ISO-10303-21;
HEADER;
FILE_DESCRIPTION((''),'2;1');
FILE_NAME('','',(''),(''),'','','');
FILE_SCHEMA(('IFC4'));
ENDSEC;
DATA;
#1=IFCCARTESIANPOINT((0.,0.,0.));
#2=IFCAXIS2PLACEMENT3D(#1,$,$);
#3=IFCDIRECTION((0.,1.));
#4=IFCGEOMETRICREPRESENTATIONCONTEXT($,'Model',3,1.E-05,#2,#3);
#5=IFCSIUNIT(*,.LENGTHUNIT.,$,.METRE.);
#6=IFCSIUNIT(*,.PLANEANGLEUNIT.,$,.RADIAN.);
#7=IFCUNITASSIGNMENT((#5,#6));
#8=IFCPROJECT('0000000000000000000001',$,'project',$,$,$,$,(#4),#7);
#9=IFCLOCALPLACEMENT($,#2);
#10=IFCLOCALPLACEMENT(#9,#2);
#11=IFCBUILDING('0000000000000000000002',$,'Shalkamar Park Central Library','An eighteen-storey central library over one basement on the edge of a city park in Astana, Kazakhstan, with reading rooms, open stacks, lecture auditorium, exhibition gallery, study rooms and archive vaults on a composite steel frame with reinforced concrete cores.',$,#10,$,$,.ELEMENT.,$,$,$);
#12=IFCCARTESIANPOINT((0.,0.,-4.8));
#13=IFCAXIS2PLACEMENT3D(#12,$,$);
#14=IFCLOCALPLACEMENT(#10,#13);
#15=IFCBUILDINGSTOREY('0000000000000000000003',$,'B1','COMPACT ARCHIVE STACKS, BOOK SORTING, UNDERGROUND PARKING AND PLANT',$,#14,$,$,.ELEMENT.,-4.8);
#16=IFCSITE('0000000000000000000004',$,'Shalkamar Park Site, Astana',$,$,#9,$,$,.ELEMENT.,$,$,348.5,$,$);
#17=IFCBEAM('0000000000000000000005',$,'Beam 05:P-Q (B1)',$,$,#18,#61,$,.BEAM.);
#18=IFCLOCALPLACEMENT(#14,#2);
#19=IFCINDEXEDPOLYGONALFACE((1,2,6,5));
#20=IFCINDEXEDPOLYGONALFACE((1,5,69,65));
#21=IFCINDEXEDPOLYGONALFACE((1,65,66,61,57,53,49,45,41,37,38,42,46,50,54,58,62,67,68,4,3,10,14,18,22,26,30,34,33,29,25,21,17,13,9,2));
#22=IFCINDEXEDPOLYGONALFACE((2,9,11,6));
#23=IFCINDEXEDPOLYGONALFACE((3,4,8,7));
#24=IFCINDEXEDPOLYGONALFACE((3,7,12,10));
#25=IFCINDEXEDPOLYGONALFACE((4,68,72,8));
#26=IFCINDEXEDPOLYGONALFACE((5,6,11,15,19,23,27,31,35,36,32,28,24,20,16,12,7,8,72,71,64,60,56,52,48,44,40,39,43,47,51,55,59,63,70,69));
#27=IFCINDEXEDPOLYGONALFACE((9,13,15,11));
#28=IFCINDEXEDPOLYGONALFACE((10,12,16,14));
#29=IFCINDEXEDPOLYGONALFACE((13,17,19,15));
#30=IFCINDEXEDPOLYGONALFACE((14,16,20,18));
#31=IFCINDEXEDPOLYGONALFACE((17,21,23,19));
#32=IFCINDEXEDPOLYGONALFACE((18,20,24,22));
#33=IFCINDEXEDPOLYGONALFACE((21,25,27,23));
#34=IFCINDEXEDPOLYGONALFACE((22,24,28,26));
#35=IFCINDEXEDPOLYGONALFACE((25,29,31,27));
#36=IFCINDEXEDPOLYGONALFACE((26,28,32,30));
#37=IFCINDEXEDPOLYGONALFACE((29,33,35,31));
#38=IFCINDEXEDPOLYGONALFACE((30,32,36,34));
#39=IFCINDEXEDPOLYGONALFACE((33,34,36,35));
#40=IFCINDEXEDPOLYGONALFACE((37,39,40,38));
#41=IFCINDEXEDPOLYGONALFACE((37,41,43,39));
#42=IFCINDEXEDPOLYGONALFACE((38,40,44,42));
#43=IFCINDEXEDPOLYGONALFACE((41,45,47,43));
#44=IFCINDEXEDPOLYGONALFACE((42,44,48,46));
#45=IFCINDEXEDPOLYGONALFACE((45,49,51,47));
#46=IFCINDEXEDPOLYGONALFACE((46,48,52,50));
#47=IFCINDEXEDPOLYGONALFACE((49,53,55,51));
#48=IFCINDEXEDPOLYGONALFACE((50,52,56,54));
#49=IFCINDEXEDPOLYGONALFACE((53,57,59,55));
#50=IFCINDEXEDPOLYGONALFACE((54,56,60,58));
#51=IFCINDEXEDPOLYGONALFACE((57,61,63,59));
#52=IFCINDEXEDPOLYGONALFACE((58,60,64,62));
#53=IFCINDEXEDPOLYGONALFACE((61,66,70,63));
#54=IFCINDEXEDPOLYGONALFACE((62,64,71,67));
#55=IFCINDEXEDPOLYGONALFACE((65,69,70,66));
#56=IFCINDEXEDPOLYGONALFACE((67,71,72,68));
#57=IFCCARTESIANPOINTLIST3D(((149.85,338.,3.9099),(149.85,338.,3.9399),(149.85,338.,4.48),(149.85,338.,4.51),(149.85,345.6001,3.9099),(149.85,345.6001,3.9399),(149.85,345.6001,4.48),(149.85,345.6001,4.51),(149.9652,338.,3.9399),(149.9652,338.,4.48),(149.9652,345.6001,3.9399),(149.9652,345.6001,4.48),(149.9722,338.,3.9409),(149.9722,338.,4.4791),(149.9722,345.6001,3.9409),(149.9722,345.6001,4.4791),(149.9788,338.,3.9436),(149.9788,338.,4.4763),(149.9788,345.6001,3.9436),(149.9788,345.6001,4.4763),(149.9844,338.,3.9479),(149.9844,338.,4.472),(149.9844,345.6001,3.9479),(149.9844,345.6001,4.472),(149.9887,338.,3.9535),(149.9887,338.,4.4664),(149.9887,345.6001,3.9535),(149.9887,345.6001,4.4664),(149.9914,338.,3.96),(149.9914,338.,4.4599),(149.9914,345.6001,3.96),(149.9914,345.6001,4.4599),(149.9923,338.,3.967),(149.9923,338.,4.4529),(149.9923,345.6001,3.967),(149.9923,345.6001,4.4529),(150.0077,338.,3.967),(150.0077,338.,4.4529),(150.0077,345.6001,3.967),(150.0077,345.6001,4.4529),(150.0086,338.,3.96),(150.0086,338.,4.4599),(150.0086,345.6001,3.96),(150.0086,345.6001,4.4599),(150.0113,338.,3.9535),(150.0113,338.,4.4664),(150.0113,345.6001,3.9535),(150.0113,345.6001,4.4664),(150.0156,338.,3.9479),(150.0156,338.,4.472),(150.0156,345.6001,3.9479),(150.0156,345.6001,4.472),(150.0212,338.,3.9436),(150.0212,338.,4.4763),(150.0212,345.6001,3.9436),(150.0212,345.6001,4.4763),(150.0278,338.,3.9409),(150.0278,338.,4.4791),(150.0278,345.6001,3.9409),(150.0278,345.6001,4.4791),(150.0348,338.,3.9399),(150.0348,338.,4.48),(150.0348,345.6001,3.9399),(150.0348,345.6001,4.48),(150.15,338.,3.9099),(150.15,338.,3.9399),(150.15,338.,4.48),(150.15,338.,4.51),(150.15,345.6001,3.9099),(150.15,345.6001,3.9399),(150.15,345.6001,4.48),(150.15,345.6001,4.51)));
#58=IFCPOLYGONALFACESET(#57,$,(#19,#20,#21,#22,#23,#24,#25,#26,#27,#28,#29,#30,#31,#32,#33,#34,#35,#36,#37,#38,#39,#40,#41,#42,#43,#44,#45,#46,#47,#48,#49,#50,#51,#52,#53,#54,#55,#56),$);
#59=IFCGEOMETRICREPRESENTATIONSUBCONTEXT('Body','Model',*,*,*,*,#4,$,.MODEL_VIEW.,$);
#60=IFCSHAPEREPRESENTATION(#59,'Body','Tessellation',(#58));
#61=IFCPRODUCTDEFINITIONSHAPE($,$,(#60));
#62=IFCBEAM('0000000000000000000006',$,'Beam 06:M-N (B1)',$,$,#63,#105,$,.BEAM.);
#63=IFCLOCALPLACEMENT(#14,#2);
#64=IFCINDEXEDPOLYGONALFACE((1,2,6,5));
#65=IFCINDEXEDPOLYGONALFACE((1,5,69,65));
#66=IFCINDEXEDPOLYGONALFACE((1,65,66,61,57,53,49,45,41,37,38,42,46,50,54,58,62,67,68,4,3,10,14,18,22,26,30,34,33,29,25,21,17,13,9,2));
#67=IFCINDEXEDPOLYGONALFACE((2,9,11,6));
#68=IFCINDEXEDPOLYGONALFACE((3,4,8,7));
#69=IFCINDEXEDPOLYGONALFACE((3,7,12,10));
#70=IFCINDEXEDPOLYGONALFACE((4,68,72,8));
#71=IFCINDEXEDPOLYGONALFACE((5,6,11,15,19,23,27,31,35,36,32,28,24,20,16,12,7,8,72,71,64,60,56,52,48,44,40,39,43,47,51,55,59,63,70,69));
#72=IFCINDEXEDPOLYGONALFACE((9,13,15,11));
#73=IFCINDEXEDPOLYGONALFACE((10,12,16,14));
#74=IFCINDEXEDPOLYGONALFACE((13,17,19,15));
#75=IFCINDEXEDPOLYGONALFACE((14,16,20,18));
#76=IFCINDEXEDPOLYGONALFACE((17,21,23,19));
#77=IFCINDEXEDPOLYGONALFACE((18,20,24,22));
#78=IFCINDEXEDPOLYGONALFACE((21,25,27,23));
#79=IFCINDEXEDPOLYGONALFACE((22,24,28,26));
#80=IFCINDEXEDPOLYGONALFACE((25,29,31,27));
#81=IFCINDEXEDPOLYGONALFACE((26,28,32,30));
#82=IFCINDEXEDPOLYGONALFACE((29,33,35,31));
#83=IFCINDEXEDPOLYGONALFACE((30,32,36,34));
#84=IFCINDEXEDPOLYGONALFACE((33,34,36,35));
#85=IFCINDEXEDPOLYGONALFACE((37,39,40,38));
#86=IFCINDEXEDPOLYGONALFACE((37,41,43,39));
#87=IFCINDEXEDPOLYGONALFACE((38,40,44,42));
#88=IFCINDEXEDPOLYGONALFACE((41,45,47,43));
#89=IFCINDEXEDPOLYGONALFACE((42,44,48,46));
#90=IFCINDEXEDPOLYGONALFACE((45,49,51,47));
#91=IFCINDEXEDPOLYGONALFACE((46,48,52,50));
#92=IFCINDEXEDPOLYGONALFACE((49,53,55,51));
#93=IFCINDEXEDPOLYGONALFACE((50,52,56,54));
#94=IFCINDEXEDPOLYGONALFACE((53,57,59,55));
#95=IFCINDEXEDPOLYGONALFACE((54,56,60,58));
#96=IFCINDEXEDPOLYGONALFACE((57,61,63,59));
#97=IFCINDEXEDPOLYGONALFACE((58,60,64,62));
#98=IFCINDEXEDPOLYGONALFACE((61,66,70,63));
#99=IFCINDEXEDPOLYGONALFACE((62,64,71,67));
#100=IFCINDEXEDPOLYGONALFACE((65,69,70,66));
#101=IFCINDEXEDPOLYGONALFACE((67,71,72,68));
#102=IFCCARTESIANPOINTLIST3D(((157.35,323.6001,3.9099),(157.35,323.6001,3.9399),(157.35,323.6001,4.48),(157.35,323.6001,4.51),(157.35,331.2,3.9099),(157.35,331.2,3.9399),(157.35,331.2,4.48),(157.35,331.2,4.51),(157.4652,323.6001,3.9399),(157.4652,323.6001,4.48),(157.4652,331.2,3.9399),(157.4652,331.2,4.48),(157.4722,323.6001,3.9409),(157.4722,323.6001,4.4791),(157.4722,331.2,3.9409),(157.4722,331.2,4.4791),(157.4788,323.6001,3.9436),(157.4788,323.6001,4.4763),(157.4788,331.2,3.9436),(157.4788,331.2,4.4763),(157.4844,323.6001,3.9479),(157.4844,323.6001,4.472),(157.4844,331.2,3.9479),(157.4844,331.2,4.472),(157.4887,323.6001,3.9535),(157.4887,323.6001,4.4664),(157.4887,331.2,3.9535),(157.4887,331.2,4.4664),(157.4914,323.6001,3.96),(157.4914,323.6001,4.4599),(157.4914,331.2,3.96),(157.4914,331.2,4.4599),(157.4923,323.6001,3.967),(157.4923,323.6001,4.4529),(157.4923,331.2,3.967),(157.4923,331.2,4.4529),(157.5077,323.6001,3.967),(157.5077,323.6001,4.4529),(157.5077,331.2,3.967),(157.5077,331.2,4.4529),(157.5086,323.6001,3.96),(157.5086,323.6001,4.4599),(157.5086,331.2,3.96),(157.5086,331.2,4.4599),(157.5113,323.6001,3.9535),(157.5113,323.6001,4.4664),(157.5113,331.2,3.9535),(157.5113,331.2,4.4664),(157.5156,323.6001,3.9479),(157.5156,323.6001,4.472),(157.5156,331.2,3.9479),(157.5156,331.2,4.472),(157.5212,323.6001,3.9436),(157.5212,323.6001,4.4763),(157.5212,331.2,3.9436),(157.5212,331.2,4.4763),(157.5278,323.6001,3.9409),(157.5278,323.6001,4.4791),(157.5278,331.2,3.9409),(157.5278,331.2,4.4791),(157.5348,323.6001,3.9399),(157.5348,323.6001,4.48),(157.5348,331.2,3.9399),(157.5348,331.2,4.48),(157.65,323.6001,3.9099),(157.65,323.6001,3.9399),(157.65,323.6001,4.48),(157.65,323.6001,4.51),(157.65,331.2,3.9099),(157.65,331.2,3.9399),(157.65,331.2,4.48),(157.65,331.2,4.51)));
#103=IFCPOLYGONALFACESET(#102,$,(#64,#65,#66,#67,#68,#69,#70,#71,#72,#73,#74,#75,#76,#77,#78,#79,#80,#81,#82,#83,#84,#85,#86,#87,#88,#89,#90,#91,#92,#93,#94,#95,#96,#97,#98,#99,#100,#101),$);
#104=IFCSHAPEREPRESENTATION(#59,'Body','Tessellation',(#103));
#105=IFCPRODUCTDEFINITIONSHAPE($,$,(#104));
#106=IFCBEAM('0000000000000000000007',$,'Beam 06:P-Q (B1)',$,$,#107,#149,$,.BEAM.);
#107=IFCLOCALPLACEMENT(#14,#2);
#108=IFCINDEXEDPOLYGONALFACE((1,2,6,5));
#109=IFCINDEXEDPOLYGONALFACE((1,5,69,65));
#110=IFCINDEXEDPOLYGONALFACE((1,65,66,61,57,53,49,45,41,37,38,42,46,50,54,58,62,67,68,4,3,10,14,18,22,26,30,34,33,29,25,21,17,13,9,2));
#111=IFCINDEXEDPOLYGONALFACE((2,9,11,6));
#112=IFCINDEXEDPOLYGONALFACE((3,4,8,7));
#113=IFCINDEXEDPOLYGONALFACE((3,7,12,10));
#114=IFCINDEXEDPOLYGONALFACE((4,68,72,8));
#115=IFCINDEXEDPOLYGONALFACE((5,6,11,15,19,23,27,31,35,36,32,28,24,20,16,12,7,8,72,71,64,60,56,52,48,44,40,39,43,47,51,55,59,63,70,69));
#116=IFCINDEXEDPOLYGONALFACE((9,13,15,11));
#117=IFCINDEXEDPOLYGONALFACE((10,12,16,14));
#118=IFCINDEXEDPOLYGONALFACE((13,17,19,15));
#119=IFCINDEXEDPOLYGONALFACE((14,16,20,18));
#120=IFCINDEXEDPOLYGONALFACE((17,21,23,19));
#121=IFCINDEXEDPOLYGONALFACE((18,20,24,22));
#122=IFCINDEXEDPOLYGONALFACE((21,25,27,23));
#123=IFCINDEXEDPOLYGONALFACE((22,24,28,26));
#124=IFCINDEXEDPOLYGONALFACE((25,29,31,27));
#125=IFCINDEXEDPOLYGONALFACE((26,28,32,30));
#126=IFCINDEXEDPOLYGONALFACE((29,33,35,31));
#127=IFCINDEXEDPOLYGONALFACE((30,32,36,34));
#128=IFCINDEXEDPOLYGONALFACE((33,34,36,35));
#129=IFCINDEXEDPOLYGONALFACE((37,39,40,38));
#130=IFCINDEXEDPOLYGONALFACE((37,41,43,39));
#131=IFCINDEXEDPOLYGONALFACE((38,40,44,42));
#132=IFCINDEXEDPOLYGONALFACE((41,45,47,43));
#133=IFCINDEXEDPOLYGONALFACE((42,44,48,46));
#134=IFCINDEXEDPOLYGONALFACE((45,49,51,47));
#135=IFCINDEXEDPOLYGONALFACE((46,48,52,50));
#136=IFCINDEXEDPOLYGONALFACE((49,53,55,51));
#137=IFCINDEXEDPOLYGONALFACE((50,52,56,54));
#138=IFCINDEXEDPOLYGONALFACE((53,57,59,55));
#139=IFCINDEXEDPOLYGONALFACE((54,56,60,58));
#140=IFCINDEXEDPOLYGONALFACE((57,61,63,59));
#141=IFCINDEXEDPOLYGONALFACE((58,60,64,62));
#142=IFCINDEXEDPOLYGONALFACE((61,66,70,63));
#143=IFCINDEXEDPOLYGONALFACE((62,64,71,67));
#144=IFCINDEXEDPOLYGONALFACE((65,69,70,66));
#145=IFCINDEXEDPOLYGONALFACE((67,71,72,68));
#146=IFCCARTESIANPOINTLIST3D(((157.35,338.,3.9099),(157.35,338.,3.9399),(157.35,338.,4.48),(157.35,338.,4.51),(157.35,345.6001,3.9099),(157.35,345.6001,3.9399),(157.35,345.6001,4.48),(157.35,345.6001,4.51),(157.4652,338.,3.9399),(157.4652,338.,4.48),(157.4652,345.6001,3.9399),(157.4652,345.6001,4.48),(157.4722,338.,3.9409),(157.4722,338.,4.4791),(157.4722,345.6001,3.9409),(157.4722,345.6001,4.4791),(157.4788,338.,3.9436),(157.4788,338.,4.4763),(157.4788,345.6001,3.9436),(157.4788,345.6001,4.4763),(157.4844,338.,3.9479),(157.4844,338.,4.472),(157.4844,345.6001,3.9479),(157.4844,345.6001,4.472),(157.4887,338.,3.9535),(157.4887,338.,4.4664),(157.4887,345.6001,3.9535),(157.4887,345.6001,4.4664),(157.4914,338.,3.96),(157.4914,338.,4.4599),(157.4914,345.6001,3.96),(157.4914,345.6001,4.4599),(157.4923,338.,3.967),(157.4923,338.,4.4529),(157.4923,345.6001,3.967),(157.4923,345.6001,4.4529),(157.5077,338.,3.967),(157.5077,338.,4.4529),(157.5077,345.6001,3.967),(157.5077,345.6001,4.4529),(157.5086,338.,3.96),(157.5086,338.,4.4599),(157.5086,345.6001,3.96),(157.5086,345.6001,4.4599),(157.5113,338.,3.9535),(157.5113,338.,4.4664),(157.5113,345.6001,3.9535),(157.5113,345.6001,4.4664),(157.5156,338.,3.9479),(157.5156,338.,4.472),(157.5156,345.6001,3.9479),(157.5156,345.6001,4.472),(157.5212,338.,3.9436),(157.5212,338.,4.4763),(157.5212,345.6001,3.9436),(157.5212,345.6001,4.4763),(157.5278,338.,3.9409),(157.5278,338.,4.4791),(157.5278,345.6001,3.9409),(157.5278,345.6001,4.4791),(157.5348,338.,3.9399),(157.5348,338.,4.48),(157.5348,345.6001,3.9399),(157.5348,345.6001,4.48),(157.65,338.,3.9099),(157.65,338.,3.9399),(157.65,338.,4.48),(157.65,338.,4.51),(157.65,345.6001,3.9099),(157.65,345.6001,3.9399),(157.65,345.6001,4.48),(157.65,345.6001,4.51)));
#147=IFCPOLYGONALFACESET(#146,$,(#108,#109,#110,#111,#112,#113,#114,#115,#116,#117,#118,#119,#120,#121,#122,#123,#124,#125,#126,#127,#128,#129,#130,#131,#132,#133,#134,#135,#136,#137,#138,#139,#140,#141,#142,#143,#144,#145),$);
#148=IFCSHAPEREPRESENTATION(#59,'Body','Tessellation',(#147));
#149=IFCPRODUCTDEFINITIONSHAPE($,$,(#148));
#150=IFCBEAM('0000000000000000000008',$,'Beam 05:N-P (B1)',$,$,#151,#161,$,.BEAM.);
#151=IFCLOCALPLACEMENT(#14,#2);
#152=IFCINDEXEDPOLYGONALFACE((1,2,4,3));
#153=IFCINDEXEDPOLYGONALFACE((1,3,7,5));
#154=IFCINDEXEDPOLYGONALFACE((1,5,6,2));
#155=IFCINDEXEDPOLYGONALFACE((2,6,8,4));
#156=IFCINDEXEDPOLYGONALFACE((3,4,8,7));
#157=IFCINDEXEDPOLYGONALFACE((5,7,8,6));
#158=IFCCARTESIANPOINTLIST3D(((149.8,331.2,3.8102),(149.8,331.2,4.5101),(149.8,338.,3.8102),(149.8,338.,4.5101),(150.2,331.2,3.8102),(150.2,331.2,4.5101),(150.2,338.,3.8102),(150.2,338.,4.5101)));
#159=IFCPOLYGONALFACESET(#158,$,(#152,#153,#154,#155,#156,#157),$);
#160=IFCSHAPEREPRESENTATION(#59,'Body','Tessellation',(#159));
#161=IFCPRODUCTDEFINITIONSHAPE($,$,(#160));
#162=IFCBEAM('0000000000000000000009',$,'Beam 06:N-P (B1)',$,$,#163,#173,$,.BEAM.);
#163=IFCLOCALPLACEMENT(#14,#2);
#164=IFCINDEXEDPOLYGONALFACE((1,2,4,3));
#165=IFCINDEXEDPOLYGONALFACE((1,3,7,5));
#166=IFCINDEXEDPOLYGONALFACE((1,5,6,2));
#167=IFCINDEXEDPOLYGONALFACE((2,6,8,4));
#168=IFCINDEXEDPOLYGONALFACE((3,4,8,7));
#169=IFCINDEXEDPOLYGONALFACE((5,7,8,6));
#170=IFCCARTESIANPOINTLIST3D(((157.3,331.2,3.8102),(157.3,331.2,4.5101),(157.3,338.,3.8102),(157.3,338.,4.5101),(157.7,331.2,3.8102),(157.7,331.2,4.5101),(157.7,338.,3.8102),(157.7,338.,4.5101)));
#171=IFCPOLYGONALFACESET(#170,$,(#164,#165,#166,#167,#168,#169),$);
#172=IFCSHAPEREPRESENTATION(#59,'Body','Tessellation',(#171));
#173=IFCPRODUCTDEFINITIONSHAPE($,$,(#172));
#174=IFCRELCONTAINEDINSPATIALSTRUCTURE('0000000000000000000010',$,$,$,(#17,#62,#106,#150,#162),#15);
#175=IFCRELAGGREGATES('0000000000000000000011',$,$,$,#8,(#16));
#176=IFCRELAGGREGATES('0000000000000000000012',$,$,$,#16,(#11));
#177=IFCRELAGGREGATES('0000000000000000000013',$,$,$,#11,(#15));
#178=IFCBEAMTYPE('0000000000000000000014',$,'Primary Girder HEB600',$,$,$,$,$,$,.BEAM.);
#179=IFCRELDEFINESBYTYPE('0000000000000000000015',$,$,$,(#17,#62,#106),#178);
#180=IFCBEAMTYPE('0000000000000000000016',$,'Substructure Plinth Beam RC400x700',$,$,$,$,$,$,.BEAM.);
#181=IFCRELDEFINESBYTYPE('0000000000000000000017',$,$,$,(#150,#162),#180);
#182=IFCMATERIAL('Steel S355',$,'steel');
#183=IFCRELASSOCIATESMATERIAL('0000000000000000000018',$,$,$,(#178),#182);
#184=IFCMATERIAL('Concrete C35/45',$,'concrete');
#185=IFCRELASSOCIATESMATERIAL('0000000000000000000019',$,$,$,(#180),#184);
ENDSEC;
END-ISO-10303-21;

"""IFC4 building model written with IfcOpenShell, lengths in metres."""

from ifc_helpers import new_model, si_unit, direction, frame, origin, origin_2d, place, context, subcontext, project, spatial, rectangle, i_section, extrude, material, material_profile, profile_set, type_object, element, save


model = new_model("IFC4")

# Units and contexts
model_context = context("Model", 3, precision=1e-05, world=origin(), true_north=direction((0.0, 1.0)))
body_context = subcontext(model_context, "Body", "Model", "MODEL_VIEW")
ifc_project = project(units=[si_unit("LENGTHUNIT", "METRE"), si_unit("PLANEANGLEUNIT", "RADIAN")], contexts=[model_context])

# Site, building, storey
site_placement = place(None, origin())
site = spatial("IfcSite", under=ifc_project, at=site_placement, Name="Shalkamar Park Site, Astana", CompositionType="ELEMENT", RefElevation=348.5)
building_placement = place(site_placement, origin())
building = spatial("IfcBuilding", under=site, at=building_placement, Name="Shalkamar Park Central Library", Description="An eighteen-storey central library over one basement on the edge of a city park in Astana, Kazakhstan, with reading rooms, open stacks, lecture auditorium, exhibition gallery, study rooms and archive vaults on a composite steel frame with reinforced concrete cores.", CompositionType="ELEMENT")
storey_placement = place(building_placement, frame((0.0, 0.0, -4.8)))
storey = spatial("IfcBuildingStorey", under=building, at=storey_placement, Name="B1", Description="COMPACT ARCHIVE STACKS, BOOK SORTING, UNDERGROUND PARKING AND PLANT", CompositionType="ELEMENT", Elevation=-4.8)

# Shared definitions
ifc_material_1 = material(Name="Concrete C35/45", Category="concrete")

# Shared definitions
ifc_material_2 = material(Name="Steel S355", Category="steel")

# Beams
ifc_material_profile_1 = material_profile(ifc_material_2, i_section(OverallWidth=0.3, OverallDepth=0.6001, WebThickness=0.0154, FlangeThickness=0.03, FilletRadius=0.0271, at=origin_2d()), Name="HEB 600")
ifc_profile_set_1 = profile_set([ifc_material_profile_1], Name="Steel S355")
beam_type_1 = type_object("IfcBeamType", Name="Primary Girder HEB600", PredefinedType="BEAM", material=ifc_profile_set_1)
beam_1_placement = place(storey_placement, frame((150.0, 338.0, 4.21), z_axis=(0.0, 1.0, 0.0), x_axis=(-1.0, 0.0, 0.0)))
element("IfcBeam", 1, at=beam_1_placement, inside=storey, type_object=beam_type_1, Name="Beam 05:P-Q (B1)", PredefinedType="BEAM", context=body_context, shape_type="SweptSolid", body=[
    extrude(i_section(OverallWidth=0.3, OverallDepth=0.6001, WebThickness=0.0154, FlangeThickness=0.03, FilletRadius=0.0271, at=origin_2d()), origin(), (0.0, 0.0, 1.0), 7.6001),
])
beam_2_placement = place(storey_placement, frame((157.5, 323.6001, 4.21), z_axis=(0.0, 1.0, 0.0), x_axis=(-1.0, 0.0, 0.0)))
element("IfcBeam", 2, at=beam_2_placement, inside=storey, type_object=beam_type_1, Name="Beam 06:M-N (B1)", PredefinedType="BEAM", context=body_context, shape_type="SweptSolid", body=[
    extrude(i_section(OverallWidth=0.3, OverallDepth=0.6001, WebThickness=0.0154, FlangeThickness=0.03, FilletRadius=0.0271, at=origin_2d()), origin(), (0.0, 0.0, 1.0), 7.5999),
])
beam_3_placement = place(storey_placement, frame((157.5, 338.0, 4.21), z_axis=(0.0, 1.0, 0.0), x_axis=(-1.0, 0.0, 0.0)))
element("IfcBeam", 3, at=beam_3_placement, inside=storey, type_object=beam_type_1, Name="Beam 06:P-Q (B1)", PredefinedType="BEAM", context=body_context, shape_type="SweptSolid", body=[
    extrude(i_section(OverallWidth=0.3, OverallDepth=0.6001, WebThickness=0.0154, FlangeThickness=0.03, FilletRadius=0.0271, at=origin_2d()), origin(), (0.0, 0.0, 1.0), 7.6001),
])
ifc_material_profile_2 = material_profile(ifc_material_1, rectangle(XDim=0.3999, YDim=0.7, at=origin_2d()), Name="RC 400x700")
ifc_profile_set_2 = profile_set([ifc_material_profile_2], Name="Concrete C35/45")
beam_type_2 = type_object("IfcBeamType", Name="Substructure Plinth Beam RC400x700", PredefinedType="BEAM", material=ifc_profile_set_2)
for number, where, z_axis, x_axis, name in (
    (4, (150.0, 331.2, 4.1602), (0.0, 1.0, 0.0), (-1.0, 0.0, 0.0), "Beam 05:N-P (B1)"),
    (5, (157.5, 331.2, 4.1602), (0.0, 1.0, 0.0), (-1.0, 0.0, 0.0), "Beam 06:N-P (B1)"),
):
    element("IfcBeam", number, at=place(storey_placement, frame(where, z_axis=z_axis, x_axis=x_axis)), inside=storey, type_object=beam_type_2, Name=name, PredefinedType="BEAM", context=body_context, shape_type="SweptSolid", body=[
        extrude(rectangle(XDim=0.3999, YDim=0.7, at=origin_2d()), origin(), (0.0, 0.0, 1.0), 6.8),
    ])

save(model, "model.ifc")
